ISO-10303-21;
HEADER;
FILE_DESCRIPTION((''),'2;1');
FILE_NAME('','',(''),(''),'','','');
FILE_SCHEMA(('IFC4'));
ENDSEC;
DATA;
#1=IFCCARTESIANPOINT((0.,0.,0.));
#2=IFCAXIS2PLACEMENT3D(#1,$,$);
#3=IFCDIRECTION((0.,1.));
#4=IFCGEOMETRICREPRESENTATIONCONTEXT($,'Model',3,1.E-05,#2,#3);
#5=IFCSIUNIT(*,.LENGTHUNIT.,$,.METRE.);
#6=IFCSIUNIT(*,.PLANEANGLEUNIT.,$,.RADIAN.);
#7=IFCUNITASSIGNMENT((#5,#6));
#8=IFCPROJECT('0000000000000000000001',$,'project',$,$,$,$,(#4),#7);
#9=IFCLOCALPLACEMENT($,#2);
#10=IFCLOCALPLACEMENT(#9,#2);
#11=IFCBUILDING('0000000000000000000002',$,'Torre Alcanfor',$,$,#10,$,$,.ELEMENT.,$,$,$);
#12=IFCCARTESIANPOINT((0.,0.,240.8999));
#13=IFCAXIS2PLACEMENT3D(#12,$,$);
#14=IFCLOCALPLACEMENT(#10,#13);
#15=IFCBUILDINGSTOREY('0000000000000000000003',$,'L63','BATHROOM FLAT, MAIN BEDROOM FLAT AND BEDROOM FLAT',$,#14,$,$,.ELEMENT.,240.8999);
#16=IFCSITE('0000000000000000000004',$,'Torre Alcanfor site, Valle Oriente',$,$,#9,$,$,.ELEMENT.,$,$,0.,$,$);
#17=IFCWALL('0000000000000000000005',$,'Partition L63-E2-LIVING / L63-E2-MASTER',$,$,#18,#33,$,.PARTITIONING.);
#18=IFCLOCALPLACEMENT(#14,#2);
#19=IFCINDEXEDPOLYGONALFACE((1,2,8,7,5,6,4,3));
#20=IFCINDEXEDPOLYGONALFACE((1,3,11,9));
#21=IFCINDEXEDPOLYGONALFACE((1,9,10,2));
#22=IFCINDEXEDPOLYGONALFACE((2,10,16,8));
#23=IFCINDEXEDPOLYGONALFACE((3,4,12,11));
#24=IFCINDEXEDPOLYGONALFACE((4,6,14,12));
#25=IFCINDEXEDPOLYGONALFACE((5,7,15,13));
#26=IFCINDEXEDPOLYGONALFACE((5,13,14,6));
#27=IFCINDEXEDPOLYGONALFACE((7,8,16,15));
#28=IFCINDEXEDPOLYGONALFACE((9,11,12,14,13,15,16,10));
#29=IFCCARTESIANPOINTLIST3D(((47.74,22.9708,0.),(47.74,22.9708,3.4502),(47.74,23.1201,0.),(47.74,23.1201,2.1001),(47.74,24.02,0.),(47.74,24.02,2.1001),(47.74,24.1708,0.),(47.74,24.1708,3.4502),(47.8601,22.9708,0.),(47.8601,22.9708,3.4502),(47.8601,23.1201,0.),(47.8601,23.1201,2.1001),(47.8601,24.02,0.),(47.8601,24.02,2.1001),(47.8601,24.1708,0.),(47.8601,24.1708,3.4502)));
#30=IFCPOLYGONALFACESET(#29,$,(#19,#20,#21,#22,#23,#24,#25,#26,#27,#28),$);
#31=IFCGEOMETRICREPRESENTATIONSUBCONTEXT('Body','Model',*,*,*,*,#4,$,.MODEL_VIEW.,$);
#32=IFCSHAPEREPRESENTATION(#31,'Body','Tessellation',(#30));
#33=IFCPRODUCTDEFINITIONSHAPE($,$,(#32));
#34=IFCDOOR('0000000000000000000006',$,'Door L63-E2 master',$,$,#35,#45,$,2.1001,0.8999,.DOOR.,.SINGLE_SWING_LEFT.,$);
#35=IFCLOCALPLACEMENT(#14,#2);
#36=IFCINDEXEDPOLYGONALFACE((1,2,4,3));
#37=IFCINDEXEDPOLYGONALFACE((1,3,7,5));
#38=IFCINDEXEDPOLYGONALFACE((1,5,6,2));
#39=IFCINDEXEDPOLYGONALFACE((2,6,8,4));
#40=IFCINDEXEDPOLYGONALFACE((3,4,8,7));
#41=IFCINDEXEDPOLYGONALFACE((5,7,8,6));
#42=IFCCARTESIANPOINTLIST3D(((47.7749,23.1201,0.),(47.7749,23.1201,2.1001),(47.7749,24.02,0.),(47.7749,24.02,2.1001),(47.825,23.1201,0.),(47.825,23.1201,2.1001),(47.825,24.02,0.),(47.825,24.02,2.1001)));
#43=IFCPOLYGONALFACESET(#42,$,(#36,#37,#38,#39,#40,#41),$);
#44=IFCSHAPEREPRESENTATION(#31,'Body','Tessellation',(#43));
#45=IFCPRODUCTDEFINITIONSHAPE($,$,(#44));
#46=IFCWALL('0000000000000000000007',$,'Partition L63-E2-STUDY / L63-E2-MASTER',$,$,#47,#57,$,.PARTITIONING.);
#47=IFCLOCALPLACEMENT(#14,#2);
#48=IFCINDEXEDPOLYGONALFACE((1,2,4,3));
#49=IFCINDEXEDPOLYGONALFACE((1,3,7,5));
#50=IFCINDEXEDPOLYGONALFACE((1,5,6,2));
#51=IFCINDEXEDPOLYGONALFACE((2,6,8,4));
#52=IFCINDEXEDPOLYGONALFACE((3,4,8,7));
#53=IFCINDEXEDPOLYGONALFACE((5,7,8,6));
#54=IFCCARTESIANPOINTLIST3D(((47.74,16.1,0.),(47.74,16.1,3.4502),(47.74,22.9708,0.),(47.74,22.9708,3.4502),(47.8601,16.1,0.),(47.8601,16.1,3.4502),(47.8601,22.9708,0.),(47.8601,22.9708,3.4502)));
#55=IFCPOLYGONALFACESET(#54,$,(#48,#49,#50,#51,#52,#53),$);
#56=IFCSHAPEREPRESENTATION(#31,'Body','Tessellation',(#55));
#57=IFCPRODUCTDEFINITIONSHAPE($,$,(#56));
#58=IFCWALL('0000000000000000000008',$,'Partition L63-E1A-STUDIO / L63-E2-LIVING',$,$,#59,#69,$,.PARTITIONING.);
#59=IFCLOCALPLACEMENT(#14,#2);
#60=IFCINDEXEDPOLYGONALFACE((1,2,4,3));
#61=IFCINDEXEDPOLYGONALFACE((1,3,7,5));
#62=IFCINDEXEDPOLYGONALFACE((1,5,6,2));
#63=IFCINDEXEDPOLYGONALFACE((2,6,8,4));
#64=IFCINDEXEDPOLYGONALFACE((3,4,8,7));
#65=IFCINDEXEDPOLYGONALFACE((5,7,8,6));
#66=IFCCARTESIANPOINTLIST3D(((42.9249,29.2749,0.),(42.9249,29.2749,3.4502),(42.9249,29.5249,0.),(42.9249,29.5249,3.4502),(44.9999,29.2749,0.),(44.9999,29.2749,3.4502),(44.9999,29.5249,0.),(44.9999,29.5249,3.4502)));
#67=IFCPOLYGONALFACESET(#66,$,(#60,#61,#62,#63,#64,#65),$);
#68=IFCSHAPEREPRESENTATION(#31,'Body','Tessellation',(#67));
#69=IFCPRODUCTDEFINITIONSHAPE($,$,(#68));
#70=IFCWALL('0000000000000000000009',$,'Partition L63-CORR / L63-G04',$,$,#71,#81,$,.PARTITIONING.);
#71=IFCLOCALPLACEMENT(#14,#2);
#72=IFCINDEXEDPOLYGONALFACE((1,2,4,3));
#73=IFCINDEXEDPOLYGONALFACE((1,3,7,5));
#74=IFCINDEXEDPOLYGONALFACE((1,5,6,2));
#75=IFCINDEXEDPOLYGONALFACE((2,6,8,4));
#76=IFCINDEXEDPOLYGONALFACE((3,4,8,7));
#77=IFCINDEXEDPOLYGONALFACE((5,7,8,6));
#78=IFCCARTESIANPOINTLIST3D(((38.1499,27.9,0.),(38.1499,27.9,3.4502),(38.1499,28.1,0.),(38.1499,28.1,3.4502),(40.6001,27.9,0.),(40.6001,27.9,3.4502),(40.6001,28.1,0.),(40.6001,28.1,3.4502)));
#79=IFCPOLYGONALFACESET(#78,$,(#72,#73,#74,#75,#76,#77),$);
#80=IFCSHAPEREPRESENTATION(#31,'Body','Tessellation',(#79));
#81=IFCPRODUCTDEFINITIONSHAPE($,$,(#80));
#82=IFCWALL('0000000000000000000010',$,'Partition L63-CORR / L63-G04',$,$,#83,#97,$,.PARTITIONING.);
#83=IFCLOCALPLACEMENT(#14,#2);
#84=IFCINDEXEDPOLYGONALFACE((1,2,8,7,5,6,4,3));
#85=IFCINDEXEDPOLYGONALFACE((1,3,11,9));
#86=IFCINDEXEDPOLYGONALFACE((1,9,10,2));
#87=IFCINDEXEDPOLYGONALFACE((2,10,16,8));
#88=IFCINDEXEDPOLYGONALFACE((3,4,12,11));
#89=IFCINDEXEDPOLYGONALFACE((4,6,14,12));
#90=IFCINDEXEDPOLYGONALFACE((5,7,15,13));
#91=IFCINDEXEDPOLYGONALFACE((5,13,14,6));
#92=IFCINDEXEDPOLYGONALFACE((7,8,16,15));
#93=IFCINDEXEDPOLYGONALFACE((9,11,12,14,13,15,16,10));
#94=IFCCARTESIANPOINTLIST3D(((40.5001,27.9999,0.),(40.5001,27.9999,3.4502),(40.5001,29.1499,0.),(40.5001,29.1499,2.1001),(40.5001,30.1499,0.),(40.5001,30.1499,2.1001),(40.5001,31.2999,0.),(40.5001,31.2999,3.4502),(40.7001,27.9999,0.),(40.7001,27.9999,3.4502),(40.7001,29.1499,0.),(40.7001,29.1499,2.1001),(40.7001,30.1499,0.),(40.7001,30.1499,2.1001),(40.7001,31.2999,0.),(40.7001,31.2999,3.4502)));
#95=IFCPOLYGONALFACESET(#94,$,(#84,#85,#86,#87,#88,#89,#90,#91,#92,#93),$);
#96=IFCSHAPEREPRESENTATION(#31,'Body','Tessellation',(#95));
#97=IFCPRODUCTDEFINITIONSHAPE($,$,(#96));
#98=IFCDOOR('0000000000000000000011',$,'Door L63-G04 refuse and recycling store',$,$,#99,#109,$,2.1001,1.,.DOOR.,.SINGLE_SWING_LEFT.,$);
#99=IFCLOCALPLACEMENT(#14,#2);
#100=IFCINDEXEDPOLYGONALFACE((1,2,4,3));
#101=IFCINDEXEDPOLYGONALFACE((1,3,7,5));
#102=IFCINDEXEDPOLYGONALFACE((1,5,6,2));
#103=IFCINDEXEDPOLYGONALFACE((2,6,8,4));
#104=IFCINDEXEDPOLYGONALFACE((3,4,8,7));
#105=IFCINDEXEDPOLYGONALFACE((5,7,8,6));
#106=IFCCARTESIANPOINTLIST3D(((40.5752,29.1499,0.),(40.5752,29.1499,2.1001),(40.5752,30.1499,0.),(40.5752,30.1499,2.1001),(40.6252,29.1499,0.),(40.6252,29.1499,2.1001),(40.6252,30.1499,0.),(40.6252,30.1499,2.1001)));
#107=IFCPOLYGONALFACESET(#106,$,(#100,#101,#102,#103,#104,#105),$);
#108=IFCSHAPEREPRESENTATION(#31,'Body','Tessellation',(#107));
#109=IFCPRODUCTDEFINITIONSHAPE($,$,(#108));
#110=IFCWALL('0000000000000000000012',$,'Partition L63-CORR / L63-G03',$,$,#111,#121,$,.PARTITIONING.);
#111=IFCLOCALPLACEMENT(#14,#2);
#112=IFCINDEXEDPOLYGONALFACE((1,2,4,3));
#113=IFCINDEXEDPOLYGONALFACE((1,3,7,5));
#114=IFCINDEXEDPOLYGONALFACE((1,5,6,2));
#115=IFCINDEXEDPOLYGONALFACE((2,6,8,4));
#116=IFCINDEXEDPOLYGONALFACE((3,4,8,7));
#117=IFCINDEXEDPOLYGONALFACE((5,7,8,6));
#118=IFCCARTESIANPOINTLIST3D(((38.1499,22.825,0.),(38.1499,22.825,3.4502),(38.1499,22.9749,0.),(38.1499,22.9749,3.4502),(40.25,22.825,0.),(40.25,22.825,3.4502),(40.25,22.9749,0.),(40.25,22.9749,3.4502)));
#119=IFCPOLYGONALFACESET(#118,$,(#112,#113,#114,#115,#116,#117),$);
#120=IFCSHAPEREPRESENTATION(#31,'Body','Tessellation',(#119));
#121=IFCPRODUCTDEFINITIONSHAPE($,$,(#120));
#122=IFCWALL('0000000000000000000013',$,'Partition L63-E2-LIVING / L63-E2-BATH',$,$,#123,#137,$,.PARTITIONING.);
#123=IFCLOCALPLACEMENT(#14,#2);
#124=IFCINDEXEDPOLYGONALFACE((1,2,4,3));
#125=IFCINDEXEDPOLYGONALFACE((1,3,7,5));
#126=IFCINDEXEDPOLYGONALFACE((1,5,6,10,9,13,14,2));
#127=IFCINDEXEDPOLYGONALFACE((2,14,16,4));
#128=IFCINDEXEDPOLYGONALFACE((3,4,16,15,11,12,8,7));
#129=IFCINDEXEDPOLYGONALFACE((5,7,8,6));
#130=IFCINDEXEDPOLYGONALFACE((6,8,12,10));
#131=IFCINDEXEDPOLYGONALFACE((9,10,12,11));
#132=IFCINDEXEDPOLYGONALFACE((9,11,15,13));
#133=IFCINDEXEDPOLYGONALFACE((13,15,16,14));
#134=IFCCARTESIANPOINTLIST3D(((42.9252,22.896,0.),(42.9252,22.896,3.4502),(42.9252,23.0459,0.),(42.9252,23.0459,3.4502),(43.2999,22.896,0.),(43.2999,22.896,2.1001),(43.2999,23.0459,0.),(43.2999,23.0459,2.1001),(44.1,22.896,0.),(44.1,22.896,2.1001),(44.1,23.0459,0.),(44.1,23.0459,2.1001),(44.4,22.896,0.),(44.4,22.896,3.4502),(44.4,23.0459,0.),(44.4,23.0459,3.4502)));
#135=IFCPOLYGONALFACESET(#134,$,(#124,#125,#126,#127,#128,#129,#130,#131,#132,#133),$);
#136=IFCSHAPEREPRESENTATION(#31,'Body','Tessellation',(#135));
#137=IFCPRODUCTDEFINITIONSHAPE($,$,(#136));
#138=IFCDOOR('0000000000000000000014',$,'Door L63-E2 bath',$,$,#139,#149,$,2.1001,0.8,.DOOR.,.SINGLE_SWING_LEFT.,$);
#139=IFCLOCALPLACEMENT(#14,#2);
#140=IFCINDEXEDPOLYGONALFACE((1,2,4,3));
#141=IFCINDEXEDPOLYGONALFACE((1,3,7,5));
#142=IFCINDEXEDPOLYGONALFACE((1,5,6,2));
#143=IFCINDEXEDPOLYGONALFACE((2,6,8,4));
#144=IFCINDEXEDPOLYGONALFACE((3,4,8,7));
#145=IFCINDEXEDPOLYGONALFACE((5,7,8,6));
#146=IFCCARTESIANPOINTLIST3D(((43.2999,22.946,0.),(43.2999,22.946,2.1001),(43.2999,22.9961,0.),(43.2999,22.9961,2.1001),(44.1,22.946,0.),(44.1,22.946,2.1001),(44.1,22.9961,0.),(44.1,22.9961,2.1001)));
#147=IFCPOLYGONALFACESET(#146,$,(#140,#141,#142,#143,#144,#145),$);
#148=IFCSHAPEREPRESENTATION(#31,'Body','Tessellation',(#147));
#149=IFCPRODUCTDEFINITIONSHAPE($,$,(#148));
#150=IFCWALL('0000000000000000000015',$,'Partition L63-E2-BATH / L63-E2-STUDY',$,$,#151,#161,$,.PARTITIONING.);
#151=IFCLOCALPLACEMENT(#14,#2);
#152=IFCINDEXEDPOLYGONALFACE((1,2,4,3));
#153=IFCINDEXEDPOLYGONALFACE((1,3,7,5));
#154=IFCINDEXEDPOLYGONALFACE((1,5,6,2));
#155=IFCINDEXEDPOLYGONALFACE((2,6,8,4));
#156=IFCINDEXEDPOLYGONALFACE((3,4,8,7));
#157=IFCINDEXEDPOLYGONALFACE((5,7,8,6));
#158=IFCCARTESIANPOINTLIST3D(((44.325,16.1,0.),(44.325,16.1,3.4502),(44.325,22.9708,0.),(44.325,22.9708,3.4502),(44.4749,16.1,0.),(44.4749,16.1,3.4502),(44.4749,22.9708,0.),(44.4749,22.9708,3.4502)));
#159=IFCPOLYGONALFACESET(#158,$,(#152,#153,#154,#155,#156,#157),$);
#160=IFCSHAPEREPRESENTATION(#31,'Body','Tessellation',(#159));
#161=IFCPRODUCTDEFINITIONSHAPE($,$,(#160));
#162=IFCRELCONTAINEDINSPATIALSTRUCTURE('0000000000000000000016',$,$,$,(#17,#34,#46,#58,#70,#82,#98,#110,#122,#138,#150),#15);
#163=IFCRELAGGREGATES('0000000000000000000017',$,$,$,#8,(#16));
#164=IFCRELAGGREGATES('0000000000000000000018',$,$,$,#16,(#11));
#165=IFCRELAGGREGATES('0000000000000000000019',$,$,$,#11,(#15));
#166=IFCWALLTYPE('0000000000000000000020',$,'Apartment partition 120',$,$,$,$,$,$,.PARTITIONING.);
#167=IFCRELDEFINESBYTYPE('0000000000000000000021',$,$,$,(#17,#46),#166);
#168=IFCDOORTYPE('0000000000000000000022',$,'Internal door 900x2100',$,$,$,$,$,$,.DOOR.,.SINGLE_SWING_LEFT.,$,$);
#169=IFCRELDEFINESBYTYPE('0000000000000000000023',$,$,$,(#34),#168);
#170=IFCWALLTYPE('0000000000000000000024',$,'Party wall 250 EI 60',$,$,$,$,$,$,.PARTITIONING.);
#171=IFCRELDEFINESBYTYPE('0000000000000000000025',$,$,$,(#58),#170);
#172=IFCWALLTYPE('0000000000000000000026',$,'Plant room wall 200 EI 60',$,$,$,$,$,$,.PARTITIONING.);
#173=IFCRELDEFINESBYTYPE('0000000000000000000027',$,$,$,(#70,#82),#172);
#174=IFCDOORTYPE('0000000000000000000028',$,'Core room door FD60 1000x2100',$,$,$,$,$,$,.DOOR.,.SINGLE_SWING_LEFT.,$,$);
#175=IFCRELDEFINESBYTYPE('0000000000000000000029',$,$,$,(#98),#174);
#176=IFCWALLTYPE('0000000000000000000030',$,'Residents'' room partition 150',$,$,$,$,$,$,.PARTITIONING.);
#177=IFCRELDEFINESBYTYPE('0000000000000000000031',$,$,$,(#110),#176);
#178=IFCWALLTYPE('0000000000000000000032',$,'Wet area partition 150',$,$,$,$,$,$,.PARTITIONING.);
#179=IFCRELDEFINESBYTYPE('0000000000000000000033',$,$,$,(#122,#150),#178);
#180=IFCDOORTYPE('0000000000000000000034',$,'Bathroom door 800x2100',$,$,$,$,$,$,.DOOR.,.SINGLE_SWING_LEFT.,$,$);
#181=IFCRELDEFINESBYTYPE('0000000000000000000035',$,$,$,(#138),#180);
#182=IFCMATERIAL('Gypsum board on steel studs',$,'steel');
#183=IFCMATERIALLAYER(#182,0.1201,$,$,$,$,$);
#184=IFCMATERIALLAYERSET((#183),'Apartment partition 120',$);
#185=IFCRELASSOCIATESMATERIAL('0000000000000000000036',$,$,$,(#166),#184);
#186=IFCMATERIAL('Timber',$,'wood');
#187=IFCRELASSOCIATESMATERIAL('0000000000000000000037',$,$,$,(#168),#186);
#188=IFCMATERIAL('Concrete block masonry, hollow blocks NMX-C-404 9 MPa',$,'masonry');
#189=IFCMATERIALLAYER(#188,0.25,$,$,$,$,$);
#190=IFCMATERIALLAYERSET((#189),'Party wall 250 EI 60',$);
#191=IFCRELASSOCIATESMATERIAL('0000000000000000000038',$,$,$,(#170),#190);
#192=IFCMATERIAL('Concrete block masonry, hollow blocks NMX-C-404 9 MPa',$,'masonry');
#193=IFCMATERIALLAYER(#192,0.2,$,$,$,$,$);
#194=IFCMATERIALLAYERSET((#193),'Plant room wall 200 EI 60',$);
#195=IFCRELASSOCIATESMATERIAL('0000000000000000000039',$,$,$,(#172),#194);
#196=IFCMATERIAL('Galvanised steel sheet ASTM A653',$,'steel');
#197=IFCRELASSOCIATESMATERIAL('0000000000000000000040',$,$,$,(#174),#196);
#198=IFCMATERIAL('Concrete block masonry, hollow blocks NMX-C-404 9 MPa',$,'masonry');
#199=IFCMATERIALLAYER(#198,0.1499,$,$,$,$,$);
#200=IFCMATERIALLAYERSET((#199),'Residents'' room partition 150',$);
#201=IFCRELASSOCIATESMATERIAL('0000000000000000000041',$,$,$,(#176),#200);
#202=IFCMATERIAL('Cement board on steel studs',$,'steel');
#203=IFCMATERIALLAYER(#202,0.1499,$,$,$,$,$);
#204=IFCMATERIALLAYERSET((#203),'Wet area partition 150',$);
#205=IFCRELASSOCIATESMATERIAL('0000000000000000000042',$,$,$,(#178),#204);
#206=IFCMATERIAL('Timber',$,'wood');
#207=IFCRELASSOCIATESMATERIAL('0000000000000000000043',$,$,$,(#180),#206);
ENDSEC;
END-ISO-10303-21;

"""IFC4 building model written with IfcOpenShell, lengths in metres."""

from ifc_helpers import new_model, si_unit, direction, frame, frame_2d, origin, place, context, subcontext, project, spatial, rectangle, extrude, material, layer, layer_set, type_object, element, fill, save


model = new_model("IFC4")

# Units and contexts
model_context = context("Model", 3, precision=1e-05, world=origin(), true_north=direction((0.0, 1.0)))
body_context = subcontext(model_context, "Body", "Model", "MODEL_VIEW")
ifc_project = project(units=[si_unit("LENGTHUNIT", "METRE"), si_unit("PLANEANGLEUNIT", "RADIAN")], contexts=[model_context])

# Site, building, storey
site_placement = place(None, origin())
site = spatial("IfcSite", under=ifc_project, at=site_placement, Name="Torre Alcanfor site, Valle Oriente", CompositionType="ELEMENT", RefElevation=0.0)
building_placement = place(site_placement, origin())
building = spatial("IfcBuilding", under=site, at=building_placement, Name="Torre Alcanfor", CompositionType="ELEMENT")
storey_placement = place(building_placement, frame((0.0, 0.0, 240.8999)))
storey = spatial("IfcBuildingStorey", under=building, at=storey_placement, Name="L63", Description="BATHROOM FLAT, MAIN BEDROOM FLAT AND BEDROOM FLAT", CompositionType="ELEMENT", Elevation=240.8999)

# Shared definitions
ifc_material_1 = material(Name="Gypsum board on steel studs", Category="steel")
ifc_layer_1 = layer(ifc_material_1, 0.1201)
ifc_layer_set_1 = layer_set([ifc_layer_1], Name="Apartment partition 120")
wall_type_1 = type_object("IfcWallType", Name="Apartment partition 120", PredefinedType="PARTITIONING", material=ifc_layer_set_1)
ifc_material_2 = material(Name="Timber", Category="wood")
door_type_1 = type_object("IfcDoorType", Name="Internal door 900x2100", OperationType="SINGLE_SWING_LEFT", PredefinedType="DOOR", material=ifc_material_2)

# Wall, opening, door
wall_1_placement = place(storey_placement, frame((47.8, 24.1709, 0.0), z_axis=(0.0, 0.0, 1.0), x_axis=(0.0, -1.0, 0.0)))
wall_1 = element("IfcWall", 1, at=wall_1_placement, inside=storey, type_object=wall_type_1, Name="Partition L63-E2-LIVING / L63-E2-MASTER", PredefinedType="PARTITIONING", context=body_context, shape_type="SweptSolid", body=[
    extrude(rectangle(XDim=1.2, YDim=0.1201, at=frame_2d((0.6001, 0.0))), origin(), (0.0, 0.0, 1.0), 3.4502),
])
opening_1_placement = place(wall_1_placement, frame((0.1509, 0.0, 0.0)))
opening_1 = element("IfcOpeningElement", 2, at=opening_1_placement, cuts=wall_1, PredefinedType="OPENING", context=body_context, shape_type="SweptSolid", body=[
    extrude(rectangle(XDim=0.8999, YDim=2.1001, at=frame_2d((0.45, 1.05))), frame((0.0, 0.0701, 0.0), z_axis=(0.0, -1.0, 0.0), x_axis=(1.0, 0.0, 0.0)), (0.0, 0.0, 1.0), 0.1401),
])
door_1_placement = place(opening_1_placement, origin())
door_1 = element("IfcDoor", 3, at=door_1_placement, inside=storey, type_object=door_type_1, Name="Door L63-E2 master", OperationType="SINGLE_SWING_LEFT", OverallHeight=2.1001, OverallWidth=0.8999, PredefinedType="DOOR", context=body_context, shape_type="SweptSolid", body=[
    extrude(rectangle(XDim=0.8999, YDim=2.1001, at=frame_2d((0.45, 1.05))), frame((0.0, 0.0249, 0.0), z_axis=(0.0, -1.0, 0.0), x_axis=(1.0, 0.0, 0.0)), (0.0, 0.0, 1.0), 0.05),
])
fill(opening_1, door_1)

# Walls
wall_2_placement = place(storey_placement, frame((47.8, 22.9709, 0.0), z_axis=(0.0, 0.0, 1.0), x_axis=(0.0, -1.0, 0.0)))
element("IfcWall", 4, at=wall_2_placement, inside=storey, type_object=wall_type_1, Name="Partition L63-E2-STUDY / L63-E2-MASTER", PredefinedType="PARTITIONING", context=body_context, shape_type="SweptSolid", body=[
    extrude(rectangle(XDim=6.8708, YDim=0.1201, at=frame_2d((3.4355, 0.0))), origin(), (0.0, 0.0, 1.0), 3.4502),
])
ifc_material_3 = material(Name="Concrete block masonry, hollow blocks NMX-C-404 9 MPa", Category="masonry")
ifc_layer_2 = layer(ifc_material_3, 0.25)
ifc_layer_set_2 = layer_set([ifc_layer_2], Name="Party wall 250 EI 60")
wall_type_2 = type_object("IfcWallType", Name="Party wall 250 EI 60", PredefinedType="PARTITIONING", material=ifc_layer_set_2)
wall_3_placement = place(storey_placement, frame((45.0, 29.3999, 0.0), z_axis=(0.0, 0.0, 1.0), x_axis=(-1.0, 0.0, 0.0)))
element("IfcWall", 5, at=wall_3_placement, inside=storey, type_object=wall_type_2, Name="Partition L63-E1A-STUDIO / L63-E2-LIVING", PredefinedType="PARTITIONING", context=body_context, shape_type="SweptSolid", body=[
    extrude(rectangle(XDim=2.075, YDim=0.25, at=frame_2d((1.0376, 0.0))), origin(), (0.0, 0.0, 1.0), 3.4502),
])
ifc_material_4 = material(Name="Concrete block masonry, hollow blocks NMX-C-404 9 MPa", Category="masonry")
ifc_layer_3 = layer(ifc_material_4, 0.2)
ifc_layer_set_3 = layer_set([ifc_layer_3], Name="Plant room wall 200 EI 60")
wall_type_3 = type_object("IfcWallType", Name="Plant room wall 200 EI 60", PredefinedType="PARTITIONING", material=ifc_layer_set_3)
wall_4_placement = place(storey_placement, frame((38.1499, 28.0, 0.0), z_axis=(0.0, 0.0, 1.0), x_axis=(1.0, 0.0, 0.0)))
element("IfcWall", 6, at=wall_4_placement, inside=storey, type_object=wall_type_3, Name="Partition L63-CORR / L63-G04", PredefinedType="PARTITIONING", context=body_context, shape_type="SweptSolid", body=[
    extrude(rectangle(XDim=2.4502, YDim=0.2, at=frame_2d((1.2251, 0.0))), origin(), (0.0, 0.0, 1.0), 3.4502),
])

# Wall, opening, door
wall_5_placement = place(storey_placement, frame((40.6001, 28.0, 0.0), z_axis=(0.0, 0.0, 1.0), x_axis=(0.0, 1.0, 0.0)))
wall_5 = element("IfcWall", 7, at=wall_5_placement, inside=storey, type_object=wall_type_3, Name="Partition L63-CORR / L63-G04", PredefinedType="PARTITIONING", context=body_context, shape_type="SweptSolid", body=[
    extrude(rectangle(XDim=3.3, YDim=0.2, at=frame_2d((1.6499, 0.0))), origin(), (0.0, 0.0, 1.0), 3.4502),
])
opening_2_placement = place(wall_5_placement, frame((1.1499, 0.0, 0.0)))
opening_2 = element("IfcOpeningElement", 8, at=opening_2_placement, cuts=wall_5, PredefinedType="OPENING", context=body_context, shape_type="SweptSolid", body=[
    extrude(rectangle(XDim=1.0, YDim=2.1001, at=frame_2d((0.5, 1.05))), frame((0.0, 0.1099, 0.0), z_axis=(0.0, -1.0, 0.0), x_axis=(1.0, 0.0, 0.0)), (0.0, 0.0, 1.0), 0.22),
])
ifc_material_5 = material(Name="Galvanised steel sheet ASTM A653", Category="steel")
door_type_2 = type_object("IfcDoorType", Name="Core room door FD60 1000x2100", OperationType="SINGLE_SWING_LEFT", PredefinedType="DOOR", material=ifc_material_5)
door_2_placement = place(opening_2_placement, origin())
door_2 = element("IfcDoor", 9, at=door_2_placement, inside=storey, type_object=door_type_2, Name="Door L63-G04 refuse and recycling store", OperationType="SINGLE_SWING_LEFT", OverallHeight=2.1001, OverallWidth=1.0, PredefinedType="DOOR", context=body_context, shape_type="SweptSolid", body=[
    extrude(rectangle(XDim=1.0, YDim=2.1001, at=frame_2d((0.5, 1.05))), frame((0.0, 0.0249, 0.0), z_axis=(0.0, -1.0, 0.0), x_axis=(1.0, 0.0, 0.0)), (0.0, 0.0, 1.0), 0.05),
])
fill(opening_2, door_2)

# Wall
ifc_material_6 = material(Name="Concrete block masonry, hollow blocks NMX-C-404 9 MPa", Category="masonry")
ifc_layer_4 = layer(ifc_material_6, 0.1499)
ifc_layer_set_4 = layer_set([ifc_layer_4], Name="Residents' room partition 150")
wall_type_4 = type_object("IfcWallType", Name="Residents' room partition 150", PredefinedType="PARTITIONING", material=ifc_layer_set_4)
wall_6_placement = place(storey_placement, frame((40.25, 22.8999, 0.0), z_axis=(0.0, 0.0, 1.0), x_axis=(-1.0, 0.0, 0.0)))
element("IfcWall", 10, at=wall_6_placement, inside=storey, type_object=wall_type_4, Name="Partition L63-CORR / L63-G03", PredefinedType="PARTITIONING", context=body_context, shape_type="SweptSolid", body=[
    extrude(rectangle(XDim=2.1001, YDim=0.1499, at=frame_2d((1.05, 0.0))), origin(), (0.0, 0.0, 1.0), 3.4502),
])

# Wall, opening, door
ifc_material_7 = material(Name="Cement board on steel studs", Category="steel")
ifc_layer_5 = layer(ifc_material_7, 0.1499)
ifc_layer_set_5 = layer_set([ifc_layer_5], Name="Wet area partition 150")
wall_type_5 = type_object("IfcWallType", Name="Wet area partition 150", PredefinedType="PARTITIONING", material=ifc_layer_set_5)
wall_7_placement = place(storey_placement, frame((44.3999, 22.9709, 0.0), z_axis=(0.0, 0.0, 1.0), x_axis=(-1.0, 0.0, 0.0)))
wall_7 = element("IfcWall", 11, at=wall_7_placement, inside=storey, type_object=wall_type_5, Name="Partition L63-E2-LIVING / L63-E2-BATH", PredefinedType="PARTITIONING", context=body_context, shape_type="SweptSolid", body=[
    extrude(rectangle(XDim=1.4749, YDim=0.1499, at=frame_2d((0.7373, 0.0))), origin(), (0.0, 0.0, 1.0), 3.4502),
])
opening_3_placement = place(wall_7_placement, frame((0.3, 0.0, 0.0)))
opening_3 = element("IfcOpeningElement", 12, at=opening_3_placement, cuts=wall_7, PredefinedType="OPENING", context=body_context, shape_type="SweptSolid", body=[
    extrude(rectangle(XDim=0.8, YDim=2.1001, at=frame_2d((0.3999, 1.05))), frame((0.0, 0.085, 0.0), z_axis=(0.0, -1.0, 0.0), x_axis=(1.0, 0.0, 0.0)), (0.0, 0.0, 1.0), 0.1699),
])
ifc_material_8 = material(Name="Timber", Category="wood")
door_type_3 = type_object("IfcDoorType", Name="Bathroom door 800x2100", OperationType="SINGLE_SWING_LEFT", PredefinedType="DOOR", material=ifc_material_8)
door_3_placement = place(opening_3_placement, origin())
door_3 = element("IfcDoor", 13, at=door_3_placement, inside=storey, type_object=door_type_3, Name="Door L63-E2 bath", OperationType="SINGLE_SWING_LEFT", OverallHeight=2.1001, OverallWidth=0.8, PredefinedType="DOOR", context=body_context, shape_type="SweptSolid", body=[
    extrude(rectangle(XDim=0.8, YDim=2.1001, at=frame_2d((0.3999, 1.05))), frame((0.0, 0.0249, 0.0), z_axis=(0.0, -1.0, 0.0), x_axis=(1.0, 0.0, 0.0)), (0.0, 0.0, 1.0), 0.05),
])
fill(opening_3, door_3)

# Wall
wall_8_placement = place(storey_placement, frame((44.3999, 22.9709, 0.0), z_axis=(0.0, 0.0, 1.0), x_axis=(0.0, -1.0, 0.0)))
element("IfcWall", 14, at=wall_8_placement, inside=storey, type_object=wall_type_5, Name="Partition L63-E2-BATH / L63-E2-STUDY", PredefinedType="PARTITIONING", context=body_context, shape_type="SweptSolid", body=[
    extrude(rectangle(XDim=6.8708, YDim=0.1499, at=frame_2d((3.4355, 0.0))), origin(), (0.0, 0.0, 1.0), 3.4502),
])

save(model, "model.ifc")
